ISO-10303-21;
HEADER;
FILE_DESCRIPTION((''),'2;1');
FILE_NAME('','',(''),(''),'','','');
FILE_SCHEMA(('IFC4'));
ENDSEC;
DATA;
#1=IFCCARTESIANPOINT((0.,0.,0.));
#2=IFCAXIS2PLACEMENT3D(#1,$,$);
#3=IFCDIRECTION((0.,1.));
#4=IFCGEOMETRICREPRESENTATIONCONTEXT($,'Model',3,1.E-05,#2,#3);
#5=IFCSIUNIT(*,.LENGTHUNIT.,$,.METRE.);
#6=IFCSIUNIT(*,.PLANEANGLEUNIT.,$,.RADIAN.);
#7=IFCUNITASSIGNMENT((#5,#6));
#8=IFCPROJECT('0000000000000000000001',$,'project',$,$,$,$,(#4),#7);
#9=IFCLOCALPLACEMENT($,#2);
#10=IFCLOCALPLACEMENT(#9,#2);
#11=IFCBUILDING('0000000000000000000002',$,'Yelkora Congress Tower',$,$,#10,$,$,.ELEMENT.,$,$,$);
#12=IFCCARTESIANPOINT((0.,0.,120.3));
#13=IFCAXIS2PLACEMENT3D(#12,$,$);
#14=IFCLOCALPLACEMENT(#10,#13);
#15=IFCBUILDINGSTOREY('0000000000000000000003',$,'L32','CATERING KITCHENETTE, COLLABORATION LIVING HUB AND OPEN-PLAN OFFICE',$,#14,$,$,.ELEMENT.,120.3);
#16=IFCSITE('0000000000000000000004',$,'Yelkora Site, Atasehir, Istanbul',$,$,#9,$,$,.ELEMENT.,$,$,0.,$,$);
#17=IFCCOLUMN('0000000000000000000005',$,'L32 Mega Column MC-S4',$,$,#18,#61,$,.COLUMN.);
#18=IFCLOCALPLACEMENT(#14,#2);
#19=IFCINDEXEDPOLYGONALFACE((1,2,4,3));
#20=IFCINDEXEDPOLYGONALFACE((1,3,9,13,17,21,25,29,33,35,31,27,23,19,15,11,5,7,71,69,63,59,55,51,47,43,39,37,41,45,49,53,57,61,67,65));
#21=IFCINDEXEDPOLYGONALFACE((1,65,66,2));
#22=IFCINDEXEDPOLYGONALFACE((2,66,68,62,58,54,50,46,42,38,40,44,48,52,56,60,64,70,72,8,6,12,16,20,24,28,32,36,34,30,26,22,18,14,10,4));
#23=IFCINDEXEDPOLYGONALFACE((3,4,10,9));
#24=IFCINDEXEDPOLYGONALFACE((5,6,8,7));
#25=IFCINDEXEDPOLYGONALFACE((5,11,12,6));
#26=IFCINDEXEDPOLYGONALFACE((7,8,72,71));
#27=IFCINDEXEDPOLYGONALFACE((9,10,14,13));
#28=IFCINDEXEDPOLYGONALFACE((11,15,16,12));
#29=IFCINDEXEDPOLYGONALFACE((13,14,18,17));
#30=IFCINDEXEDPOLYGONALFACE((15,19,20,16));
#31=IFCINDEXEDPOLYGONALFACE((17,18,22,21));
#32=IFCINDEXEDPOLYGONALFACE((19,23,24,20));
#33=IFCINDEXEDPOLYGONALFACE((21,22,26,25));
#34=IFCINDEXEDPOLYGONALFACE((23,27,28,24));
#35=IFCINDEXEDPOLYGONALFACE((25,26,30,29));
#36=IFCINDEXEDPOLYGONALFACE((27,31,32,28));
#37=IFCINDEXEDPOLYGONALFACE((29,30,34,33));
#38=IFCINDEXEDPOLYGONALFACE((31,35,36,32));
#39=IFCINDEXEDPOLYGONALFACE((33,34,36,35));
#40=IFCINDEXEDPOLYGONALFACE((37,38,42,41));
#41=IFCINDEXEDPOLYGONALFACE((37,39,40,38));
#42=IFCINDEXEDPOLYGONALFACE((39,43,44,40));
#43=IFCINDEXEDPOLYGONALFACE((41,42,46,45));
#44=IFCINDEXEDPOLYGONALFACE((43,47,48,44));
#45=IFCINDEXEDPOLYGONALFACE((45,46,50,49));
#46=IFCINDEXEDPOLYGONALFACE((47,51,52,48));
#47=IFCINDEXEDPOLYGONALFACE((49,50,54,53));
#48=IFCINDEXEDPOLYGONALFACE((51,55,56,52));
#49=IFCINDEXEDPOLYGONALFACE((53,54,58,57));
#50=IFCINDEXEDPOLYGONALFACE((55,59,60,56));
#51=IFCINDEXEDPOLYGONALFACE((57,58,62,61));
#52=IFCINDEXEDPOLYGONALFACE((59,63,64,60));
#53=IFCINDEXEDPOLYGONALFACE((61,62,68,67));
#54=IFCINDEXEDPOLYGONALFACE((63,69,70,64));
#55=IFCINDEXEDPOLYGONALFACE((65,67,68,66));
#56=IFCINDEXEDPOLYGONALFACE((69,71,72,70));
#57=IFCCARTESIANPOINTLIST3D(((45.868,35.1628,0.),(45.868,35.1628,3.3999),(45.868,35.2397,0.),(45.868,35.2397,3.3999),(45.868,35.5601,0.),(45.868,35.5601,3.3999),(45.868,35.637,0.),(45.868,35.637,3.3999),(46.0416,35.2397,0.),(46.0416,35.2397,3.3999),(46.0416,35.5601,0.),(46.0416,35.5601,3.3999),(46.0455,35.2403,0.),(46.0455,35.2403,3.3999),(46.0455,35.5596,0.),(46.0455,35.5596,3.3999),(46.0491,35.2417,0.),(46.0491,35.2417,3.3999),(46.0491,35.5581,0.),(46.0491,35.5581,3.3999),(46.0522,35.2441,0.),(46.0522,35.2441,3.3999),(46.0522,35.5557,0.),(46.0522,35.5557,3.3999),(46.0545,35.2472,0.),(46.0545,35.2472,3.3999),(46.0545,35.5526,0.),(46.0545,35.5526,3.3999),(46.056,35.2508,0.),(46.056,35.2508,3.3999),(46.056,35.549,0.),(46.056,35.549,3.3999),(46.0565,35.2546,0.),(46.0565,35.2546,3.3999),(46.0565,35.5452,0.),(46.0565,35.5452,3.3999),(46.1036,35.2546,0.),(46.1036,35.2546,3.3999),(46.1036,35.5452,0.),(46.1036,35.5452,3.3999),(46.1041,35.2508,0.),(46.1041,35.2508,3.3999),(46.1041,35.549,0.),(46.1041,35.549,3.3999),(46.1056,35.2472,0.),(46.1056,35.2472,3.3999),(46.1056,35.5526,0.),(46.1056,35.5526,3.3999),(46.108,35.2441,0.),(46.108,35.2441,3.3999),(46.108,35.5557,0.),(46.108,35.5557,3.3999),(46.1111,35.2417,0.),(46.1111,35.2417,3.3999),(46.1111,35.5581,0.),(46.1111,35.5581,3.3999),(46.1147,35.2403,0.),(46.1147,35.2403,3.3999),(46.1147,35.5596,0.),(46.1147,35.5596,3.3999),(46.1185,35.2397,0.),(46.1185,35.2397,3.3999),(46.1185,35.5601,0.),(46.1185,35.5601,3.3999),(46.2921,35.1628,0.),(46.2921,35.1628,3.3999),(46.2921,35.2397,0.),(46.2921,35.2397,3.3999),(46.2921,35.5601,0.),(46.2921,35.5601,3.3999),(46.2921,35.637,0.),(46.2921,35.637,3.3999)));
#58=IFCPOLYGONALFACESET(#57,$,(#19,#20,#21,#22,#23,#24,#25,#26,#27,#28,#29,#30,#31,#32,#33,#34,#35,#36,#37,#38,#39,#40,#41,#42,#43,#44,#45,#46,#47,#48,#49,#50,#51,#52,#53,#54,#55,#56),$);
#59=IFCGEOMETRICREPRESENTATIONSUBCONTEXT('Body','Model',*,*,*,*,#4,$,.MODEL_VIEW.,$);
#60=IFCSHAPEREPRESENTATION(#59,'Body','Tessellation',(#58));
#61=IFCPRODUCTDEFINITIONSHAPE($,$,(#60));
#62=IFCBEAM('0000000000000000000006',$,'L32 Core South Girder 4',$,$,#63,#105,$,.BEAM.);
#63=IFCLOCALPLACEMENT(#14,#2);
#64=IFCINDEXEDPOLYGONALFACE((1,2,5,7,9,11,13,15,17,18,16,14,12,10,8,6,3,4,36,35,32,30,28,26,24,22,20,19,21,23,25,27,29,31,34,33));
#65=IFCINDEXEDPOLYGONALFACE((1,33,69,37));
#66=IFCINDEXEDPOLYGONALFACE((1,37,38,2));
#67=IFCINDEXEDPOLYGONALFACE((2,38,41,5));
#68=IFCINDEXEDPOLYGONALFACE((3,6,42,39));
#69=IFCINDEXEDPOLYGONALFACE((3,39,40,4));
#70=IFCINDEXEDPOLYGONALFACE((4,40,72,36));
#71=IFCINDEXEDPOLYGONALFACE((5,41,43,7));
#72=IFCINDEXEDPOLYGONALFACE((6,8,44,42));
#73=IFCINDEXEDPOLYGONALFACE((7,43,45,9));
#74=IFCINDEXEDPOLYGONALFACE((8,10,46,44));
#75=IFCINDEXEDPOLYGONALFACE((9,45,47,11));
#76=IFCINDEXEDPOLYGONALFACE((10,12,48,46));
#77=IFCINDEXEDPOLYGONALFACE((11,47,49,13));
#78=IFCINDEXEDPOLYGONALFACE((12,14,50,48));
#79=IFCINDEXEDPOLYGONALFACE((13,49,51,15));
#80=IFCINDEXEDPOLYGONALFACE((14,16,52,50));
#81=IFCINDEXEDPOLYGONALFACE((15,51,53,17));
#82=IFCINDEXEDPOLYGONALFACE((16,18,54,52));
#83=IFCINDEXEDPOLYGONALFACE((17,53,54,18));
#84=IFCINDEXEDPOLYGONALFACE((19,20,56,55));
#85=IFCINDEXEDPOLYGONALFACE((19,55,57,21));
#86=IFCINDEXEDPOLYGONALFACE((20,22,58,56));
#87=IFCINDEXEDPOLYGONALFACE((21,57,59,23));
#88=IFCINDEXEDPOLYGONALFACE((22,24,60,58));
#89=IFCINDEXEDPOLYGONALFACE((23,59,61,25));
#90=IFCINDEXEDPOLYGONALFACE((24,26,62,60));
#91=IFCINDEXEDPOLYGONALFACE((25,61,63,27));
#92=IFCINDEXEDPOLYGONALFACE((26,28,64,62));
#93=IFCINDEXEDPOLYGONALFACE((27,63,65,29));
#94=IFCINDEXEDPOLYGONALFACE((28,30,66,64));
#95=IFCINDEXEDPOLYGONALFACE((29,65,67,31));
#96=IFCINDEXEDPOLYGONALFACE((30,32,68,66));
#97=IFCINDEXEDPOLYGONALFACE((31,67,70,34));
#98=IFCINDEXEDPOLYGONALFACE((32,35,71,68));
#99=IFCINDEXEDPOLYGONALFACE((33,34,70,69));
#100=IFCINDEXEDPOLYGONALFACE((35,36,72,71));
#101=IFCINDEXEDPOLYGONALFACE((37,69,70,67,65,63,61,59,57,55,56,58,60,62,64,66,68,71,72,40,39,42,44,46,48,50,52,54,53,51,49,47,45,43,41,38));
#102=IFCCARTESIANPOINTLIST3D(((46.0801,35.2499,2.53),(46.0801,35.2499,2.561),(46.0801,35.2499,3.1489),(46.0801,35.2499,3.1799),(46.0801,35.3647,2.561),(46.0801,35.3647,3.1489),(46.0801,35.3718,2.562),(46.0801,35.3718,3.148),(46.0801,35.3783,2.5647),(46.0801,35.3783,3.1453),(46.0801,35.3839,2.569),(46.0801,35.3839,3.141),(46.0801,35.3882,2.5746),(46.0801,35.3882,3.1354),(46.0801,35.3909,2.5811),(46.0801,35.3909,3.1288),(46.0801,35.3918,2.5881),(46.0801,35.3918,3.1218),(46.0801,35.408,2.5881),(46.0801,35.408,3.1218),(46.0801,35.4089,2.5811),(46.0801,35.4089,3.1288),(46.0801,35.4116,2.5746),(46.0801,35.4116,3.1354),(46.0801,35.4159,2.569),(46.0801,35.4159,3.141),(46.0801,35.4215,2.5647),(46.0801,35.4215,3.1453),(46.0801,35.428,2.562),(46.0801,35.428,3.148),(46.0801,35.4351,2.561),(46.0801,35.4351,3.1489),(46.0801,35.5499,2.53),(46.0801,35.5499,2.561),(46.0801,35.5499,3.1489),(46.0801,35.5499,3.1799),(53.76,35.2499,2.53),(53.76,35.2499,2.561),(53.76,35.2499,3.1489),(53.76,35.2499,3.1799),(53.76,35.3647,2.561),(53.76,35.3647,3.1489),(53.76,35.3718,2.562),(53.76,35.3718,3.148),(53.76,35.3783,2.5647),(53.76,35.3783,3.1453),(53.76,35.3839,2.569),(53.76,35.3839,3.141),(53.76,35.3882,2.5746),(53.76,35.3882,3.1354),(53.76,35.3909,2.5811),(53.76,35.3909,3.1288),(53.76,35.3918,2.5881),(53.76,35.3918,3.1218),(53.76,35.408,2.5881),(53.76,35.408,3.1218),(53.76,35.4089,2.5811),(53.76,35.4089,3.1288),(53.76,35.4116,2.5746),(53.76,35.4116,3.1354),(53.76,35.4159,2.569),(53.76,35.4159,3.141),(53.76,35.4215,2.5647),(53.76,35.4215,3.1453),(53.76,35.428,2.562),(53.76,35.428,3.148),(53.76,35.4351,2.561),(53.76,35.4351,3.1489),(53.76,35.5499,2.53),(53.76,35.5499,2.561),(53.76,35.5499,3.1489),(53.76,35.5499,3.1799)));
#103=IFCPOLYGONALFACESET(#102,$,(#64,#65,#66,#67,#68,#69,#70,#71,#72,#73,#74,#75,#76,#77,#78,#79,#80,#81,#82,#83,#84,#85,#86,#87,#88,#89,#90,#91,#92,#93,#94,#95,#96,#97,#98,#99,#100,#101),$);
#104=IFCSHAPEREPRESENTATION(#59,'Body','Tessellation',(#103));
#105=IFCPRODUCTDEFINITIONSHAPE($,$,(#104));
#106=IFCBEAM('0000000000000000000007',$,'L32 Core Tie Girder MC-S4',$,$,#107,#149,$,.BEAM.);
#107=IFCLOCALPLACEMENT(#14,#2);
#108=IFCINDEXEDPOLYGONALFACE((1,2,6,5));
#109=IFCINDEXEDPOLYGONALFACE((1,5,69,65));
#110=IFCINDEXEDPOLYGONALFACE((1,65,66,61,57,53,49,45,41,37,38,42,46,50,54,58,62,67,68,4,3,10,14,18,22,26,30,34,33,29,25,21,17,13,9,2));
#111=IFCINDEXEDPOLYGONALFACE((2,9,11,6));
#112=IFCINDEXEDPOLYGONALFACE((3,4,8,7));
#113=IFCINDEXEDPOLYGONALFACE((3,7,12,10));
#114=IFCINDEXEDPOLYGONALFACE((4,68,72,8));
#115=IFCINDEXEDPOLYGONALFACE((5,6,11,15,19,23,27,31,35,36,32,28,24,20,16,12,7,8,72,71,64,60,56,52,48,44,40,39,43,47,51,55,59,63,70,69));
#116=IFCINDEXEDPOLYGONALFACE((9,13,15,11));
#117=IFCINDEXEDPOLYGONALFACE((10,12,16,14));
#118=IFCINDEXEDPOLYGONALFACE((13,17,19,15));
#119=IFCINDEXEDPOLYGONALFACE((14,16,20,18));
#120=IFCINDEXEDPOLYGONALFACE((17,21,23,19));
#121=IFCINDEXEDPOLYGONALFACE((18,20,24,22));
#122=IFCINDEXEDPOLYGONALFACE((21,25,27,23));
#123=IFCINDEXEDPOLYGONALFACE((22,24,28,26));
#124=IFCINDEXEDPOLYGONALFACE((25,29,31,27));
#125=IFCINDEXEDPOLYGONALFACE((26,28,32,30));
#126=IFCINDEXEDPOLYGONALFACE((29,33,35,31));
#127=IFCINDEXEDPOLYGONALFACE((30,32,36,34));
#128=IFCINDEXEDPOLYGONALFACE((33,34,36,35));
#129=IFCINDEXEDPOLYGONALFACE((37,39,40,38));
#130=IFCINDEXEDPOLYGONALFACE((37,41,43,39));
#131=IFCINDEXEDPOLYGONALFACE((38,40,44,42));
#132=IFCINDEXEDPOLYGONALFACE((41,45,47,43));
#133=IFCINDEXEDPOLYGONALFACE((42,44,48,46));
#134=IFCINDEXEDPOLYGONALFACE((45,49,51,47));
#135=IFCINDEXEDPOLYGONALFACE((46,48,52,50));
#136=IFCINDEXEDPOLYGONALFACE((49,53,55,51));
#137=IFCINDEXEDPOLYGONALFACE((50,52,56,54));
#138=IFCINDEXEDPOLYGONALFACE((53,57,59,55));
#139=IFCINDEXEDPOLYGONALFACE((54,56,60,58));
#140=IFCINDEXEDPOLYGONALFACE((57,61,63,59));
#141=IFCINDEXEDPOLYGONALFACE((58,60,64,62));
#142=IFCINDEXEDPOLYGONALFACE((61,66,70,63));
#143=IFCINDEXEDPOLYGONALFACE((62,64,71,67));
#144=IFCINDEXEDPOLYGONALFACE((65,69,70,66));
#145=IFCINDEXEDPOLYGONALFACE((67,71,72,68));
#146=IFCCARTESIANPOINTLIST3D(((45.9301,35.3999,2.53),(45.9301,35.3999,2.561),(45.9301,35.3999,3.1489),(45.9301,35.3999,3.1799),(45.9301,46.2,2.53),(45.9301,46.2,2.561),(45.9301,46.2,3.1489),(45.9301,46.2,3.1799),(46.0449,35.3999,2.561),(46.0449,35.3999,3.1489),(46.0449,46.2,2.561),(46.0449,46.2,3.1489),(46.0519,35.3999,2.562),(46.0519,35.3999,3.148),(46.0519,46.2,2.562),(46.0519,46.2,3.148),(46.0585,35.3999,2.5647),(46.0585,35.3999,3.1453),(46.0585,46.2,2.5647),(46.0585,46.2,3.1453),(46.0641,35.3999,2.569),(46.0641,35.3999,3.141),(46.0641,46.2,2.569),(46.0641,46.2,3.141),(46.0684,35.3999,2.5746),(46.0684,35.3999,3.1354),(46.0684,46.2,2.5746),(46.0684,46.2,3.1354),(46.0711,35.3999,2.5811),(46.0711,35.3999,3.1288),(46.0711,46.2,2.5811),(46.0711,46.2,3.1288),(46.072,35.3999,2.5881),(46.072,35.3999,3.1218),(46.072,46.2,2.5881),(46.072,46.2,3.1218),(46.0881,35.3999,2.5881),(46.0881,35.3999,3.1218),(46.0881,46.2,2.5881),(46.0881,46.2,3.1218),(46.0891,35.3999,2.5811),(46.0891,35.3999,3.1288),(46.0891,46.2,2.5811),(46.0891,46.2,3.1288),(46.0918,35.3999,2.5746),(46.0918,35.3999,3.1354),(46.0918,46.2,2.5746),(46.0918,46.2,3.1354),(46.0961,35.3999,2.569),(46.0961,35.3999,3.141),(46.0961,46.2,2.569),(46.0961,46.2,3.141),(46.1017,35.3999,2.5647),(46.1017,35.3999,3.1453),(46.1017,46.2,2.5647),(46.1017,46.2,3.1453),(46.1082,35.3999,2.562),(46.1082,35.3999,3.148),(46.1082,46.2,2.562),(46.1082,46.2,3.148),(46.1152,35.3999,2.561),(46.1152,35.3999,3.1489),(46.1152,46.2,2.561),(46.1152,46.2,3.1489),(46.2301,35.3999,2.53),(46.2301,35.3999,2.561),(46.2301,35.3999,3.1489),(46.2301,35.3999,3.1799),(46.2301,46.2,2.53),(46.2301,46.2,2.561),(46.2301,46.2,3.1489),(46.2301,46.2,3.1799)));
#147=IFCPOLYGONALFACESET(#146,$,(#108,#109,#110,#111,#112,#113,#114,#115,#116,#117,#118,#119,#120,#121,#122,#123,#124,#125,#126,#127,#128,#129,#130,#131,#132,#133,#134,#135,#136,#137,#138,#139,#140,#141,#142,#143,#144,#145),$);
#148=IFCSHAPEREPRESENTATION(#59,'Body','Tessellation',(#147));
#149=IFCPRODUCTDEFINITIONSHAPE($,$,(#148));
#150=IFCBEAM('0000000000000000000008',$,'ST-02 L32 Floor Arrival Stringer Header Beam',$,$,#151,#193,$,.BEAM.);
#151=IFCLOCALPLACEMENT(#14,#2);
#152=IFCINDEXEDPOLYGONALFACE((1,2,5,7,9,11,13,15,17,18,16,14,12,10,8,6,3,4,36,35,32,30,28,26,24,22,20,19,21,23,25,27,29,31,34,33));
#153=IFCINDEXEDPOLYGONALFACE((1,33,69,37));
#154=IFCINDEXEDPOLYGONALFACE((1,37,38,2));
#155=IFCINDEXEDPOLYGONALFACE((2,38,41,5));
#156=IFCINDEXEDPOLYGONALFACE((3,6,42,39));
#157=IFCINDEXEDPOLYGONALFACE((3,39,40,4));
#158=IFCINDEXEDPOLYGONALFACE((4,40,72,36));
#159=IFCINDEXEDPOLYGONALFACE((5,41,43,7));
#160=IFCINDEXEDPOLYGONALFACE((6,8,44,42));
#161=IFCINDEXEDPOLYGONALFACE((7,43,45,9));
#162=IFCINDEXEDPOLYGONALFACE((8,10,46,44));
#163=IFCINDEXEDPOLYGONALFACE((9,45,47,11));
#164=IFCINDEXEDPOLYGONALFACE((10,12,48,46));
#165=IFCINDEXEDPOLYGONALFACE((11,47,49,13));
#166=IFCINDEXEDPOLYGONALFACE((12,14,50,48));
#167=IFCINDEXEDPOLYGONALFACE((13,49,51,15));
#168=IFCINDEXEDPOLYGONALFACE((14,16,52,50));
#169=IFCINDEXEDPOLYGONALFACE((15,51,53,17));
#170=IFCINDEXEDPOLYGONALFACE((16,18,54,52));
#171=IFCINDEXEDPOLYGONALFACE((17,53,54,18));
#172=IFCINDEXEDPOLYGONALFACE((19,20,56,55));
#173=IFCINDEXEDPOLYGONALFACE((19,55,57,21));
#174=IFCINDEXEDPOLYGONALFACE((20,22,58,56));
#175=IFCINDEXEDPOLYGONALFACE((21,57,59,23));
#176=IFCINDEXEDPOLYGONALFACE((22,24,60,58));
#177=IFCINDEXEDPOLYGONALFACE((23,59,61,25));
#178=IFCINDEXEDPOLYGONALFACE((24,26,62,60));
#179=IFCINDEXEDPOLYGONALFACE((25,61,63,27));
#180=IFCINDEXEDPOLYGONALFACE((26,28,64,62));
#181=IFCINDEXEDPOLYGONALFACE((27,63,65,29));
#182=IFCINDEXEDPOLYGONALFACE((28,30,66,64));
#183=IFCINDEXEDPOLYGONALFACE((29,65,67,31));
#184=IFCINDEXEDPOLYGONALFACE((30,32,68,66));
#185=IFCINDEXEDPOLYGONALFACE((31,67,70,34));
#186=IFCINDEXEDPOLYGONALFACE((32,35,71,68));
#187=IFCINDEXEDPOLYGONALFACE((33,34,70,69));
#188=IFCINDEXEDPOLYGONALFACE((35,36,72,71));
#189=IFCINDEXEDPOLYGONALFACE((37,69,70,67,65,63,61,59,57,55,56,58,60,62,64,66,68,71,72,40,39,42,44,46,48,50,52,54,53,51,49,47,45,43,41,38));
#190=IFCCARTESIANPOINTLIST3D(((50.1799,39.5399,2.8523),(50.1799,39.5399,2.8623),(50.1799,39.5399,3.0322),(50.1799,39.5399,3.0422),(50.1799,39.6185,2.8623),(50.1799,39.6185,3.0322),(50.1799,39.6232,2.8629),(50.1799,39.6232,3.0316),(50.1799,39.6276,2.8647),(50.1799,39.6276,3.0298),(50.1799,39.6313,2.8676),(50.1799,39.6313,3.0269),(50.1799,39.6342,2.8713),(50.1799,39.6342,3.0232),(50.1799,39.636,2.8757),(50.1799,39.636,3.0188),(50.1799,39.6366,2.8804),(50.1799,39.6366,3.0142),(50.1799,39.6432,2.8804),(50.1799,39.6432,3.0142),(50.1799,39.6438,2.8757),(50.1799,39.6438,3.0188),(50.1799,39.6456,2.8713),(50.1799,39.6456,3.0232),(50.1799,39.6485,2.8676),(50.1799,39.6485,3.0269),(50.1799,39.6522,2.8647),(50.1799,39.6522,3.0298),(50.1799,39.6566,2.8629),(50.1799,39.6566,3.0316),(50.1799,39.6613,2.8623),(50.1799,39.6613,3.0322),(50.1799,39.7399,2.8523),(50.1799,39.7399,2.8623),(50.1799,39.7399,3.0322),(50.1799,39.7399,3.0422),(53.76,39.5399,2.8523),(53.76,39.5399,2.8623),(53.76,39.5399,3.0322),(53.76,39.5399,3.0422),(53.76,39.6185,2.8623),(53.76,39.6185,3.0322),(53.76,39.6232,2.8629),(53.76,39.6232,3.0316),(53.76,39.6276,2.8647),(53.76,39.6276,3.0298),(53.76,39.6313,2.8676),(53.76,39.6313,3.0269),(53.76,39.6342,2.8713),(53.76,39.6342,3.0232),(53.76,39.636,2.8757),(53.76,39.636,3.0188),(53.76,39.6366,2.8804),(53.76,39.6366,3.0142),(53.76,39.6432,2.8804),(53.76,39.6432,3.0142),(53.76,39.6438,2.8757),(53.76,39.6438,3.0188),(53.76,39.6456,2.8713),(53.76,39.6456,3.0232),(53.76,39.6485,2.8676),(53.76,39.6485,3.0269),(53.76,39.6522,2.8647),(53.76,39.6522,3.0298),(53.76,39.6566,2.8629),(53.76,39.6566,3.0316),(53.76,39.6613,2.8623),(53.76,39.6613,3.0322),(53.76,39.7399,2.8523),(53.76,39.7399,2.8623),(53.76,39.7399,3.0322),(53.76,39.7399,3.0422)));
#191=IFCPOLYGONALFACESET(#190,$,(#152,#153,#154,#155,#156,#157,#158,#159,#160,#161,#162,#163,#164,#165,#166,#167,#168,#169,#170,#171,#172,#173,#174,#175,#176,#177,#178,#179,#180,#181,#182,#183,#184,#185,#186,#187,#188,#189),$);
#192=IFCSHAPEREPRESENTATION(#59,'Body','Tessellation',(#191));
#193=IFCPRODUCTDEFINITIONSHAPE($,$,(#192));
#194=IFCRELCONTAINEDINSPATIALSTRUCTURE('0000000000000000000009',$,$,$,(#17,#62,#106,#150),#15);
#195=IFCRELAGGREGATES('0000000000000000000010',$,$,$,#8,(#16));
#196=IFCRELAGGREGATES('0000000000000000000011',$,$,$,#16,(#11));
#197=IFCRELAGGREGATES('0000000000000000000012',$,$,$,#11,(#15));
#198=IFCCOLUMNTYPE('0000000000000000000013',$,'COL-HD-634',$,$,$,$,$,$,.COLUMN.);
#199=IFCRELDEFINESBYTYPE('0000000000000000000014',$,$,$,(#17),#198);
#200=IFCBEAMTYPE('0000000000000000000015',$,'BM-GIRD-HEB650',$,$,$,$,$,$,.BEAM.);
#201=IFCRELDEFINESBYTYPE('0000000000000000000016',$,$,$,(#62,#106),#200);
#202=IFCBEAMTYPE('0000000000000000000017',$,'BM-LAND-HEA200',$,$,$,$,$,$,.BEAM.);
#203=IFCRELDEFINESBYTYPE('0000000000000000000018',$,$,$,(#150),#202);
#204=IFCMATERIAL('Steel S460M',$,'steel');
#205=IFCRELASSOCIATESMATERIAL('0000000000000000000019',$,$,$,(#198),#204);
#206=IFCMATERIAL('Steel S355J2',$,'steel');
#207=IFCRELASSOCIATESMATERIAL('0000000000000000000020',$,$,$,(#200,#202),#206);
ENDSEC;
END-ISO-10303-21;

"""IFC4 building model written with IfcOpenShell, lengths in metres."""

from ifc_helpers import new_model, si_unit, direction, frame, origin, origin_2d, place, context, subcontext, project, spatial, i_section, extrude, material, material_profile, profile_set, type_object, element, save


model = new_model("IFC4")

# Units and contexts
model_context = context("Model", 3, precision=1e-05, world=origin(), true_north=direction((0.0, 1.0)))
body_context = subcontext(model_context, "Body", "Model", "MODEL_VIEW")
ifc_project = project(units=[si_unit("LENGTHUNIT", "METRE"), si_unit("PLANEANGLEUNIT", "RADIAN")], contexts=[model_context])

# Site, building, storey
site_placement = place(None, origin())
site = spatial("IfcSite", under=ifc_project, at=site_placement, Name="Yelkora Site, Atasehir, Istanbul", CompositionType="ELEMENT", RefElevation=0.0)
building_placement = place(site_placement, origin())
building = spatial("IfcBuilding", under=site, at=building_placement, Name="Yelkora Congress Tower", CompositionType="ELEMENT")
storey_placement = place(building_placement, frame((0.0, 0.0, 120.3)))
storey = spatial("IfcBuildingStorey", under=building, at=storey_placement, Name="L32", Description="CATERING KITCHENETTE, COLLABORATION LIVING HUB AND OPEN-PLAN OFFICE", CompositionType="ELEMENT", Elevation=120.3)

# Column
ifc_material_1 = material(Name="Steel S460M", Category="steel")
ifc_material_profile_1 = material_profile(ifc_material_1, i_section(OverallWidth=0.4241, OverallDepth=0.4741, WebThickness=0.0471, FlangeThickness=0.0769, FilletRadius=0.0149, at=origin_2d()), Name="HD 400x634")
ifc_profile_set_1 = profile_set([ifc_material_profile_1], Name="Steel S460M")
column_type = type_object("IfcColumnType", Name="COL-HD-634", PredefinedType="COLUMN", material=ifc_profile_set_1)
column_placement = place(storey_placement, frame((46.0801, 35.3999, 0.0), z_axis=(0.0, 0.0, 1.0), x_axis=(1.0, 0.0, 0.0)))
element("IfcColumn", 1, at=column_placement, inside=storey, type_object=column_type, Name="L32 Mega Column MC-S4", PredefinedType="COLUMN", context=body_context, shape_type="SweptSolid", body=[
    extrude(i_section(OverallWidth=0.4241, OverallDepth=0.4741, WebThickness=0.0471, FlangeThickness=0.0769, FilletRadius=0.0149, at=origin_2d()), origin(), (0.0, 0.0, 1.0), 3.3999),
])

# Beams
ifc_material_2 = material(Name="Steel S355J2", Category="steel")
ifc_material_profile_2 = material_profile(ifc_material_2, i_section(OverallWidth=0.3, OverallDepth=0.6499, WebThickness=0.0161, FlangeThickness=0.031, FilletRadius=0.0271, at=origin_2d()), Name="HEB 650")
ifc_profile_set_2 = profile_set([ifc_material_profile_2], Name="Steel S355J2")
beam_type_1 = type_object("IfcBeamType", Name="BM-GIRD-HEB650", PredefinedType="BEAM", material=ifc_profile_set_2)
beam_1_placement = place(storey_placement, frame((46.0801, 35.3999, 2.855), z_axis=(1.0, 0.0, 0.0), x_axis=(0.0, 1.0, 0.0)))
element("IfcBeam", 2, at=beam_1_placement, inside=storey, type_object=beam_type_1, Name="L32 Core South Girder 4", PredefinedType="BEAM", context=body_context, shape_type="SweptSolid", body=[
    extrude(i_section(OverallWidth=0.3, OverallDepth=0.6499, WebThickness=0.0161, FlangeThickness=0.031, FilletRadius=0.0271, at=origin_2d()), origin(), (0.0, 0.0, 1.0), 7.6799),
])
beam_2_placement = place(storey_placement, frame((46.0801, 35.3999, 2.855), z_axis=(0.0, 1.0, 0.0), x_axis=(-1.0, 0.0, 0.0)))
element("IfcBeam", 3, at=beam_2_placement, inside=storey, type_object=beam_type_1, Name="L32 Core Tie Girder MC-S4", PredefinedType="BEAM", context=body_context, shape_type="SweptSolid", body=[
    extrude(i_section(OverallWidth=0.3, OverallDepth=0.6499, WebThickness=0.0161, FlangeThickness=0.031, FilletRadius=0.0271, at=origin_2d()), origin(), (0.0, 0.0, 1.0), 10.8),
])
ifc_material_profile_3 = material_profile(ifc_material_2, i_section(OverallWidth=0.2, OverallDepth=0.1899, WebThickness=0.0066, FlangeThickness=0.01, FilletRadius=0.0181, at=origin_2d()), Name="HEA 200")
ifc_profile_set_3 = profile_set([ifc_material_profile_3], Name="Steel S355J2")
beam_type_2 = type_object("IfcBeamType", Name="BM-LAND-HEA200", PredefinedType="BEAM", material=ifc_profile_set_3)
beam_3_placement = place(storey_placement, frame((50.1799, 39.6399, 2.9473), z_axis=(1.0, 0.0, 0.0), x_axis=(0.0, 1.0, 0.0)))
element("IfcBeam", 4, at=beam_3_placement, inside=storey, type_object=beam_type_2, Name="ST-02 L32 Floor Arrival Stringer Header Beam", PredefinedType="BEAM", context=body_context, shape_type="SweptSolid", body=[
    extrude(i_section(OverallWidth=0.2, OverallDepth=0.1899, WebThickness=0.0066, FlangeThickness=0.01, FilletRadius=0.0181, at=origin_2d()), origin(), (0.0, 0.0, 1.0), 3.5801),
])

save(model, "model.ifc")
